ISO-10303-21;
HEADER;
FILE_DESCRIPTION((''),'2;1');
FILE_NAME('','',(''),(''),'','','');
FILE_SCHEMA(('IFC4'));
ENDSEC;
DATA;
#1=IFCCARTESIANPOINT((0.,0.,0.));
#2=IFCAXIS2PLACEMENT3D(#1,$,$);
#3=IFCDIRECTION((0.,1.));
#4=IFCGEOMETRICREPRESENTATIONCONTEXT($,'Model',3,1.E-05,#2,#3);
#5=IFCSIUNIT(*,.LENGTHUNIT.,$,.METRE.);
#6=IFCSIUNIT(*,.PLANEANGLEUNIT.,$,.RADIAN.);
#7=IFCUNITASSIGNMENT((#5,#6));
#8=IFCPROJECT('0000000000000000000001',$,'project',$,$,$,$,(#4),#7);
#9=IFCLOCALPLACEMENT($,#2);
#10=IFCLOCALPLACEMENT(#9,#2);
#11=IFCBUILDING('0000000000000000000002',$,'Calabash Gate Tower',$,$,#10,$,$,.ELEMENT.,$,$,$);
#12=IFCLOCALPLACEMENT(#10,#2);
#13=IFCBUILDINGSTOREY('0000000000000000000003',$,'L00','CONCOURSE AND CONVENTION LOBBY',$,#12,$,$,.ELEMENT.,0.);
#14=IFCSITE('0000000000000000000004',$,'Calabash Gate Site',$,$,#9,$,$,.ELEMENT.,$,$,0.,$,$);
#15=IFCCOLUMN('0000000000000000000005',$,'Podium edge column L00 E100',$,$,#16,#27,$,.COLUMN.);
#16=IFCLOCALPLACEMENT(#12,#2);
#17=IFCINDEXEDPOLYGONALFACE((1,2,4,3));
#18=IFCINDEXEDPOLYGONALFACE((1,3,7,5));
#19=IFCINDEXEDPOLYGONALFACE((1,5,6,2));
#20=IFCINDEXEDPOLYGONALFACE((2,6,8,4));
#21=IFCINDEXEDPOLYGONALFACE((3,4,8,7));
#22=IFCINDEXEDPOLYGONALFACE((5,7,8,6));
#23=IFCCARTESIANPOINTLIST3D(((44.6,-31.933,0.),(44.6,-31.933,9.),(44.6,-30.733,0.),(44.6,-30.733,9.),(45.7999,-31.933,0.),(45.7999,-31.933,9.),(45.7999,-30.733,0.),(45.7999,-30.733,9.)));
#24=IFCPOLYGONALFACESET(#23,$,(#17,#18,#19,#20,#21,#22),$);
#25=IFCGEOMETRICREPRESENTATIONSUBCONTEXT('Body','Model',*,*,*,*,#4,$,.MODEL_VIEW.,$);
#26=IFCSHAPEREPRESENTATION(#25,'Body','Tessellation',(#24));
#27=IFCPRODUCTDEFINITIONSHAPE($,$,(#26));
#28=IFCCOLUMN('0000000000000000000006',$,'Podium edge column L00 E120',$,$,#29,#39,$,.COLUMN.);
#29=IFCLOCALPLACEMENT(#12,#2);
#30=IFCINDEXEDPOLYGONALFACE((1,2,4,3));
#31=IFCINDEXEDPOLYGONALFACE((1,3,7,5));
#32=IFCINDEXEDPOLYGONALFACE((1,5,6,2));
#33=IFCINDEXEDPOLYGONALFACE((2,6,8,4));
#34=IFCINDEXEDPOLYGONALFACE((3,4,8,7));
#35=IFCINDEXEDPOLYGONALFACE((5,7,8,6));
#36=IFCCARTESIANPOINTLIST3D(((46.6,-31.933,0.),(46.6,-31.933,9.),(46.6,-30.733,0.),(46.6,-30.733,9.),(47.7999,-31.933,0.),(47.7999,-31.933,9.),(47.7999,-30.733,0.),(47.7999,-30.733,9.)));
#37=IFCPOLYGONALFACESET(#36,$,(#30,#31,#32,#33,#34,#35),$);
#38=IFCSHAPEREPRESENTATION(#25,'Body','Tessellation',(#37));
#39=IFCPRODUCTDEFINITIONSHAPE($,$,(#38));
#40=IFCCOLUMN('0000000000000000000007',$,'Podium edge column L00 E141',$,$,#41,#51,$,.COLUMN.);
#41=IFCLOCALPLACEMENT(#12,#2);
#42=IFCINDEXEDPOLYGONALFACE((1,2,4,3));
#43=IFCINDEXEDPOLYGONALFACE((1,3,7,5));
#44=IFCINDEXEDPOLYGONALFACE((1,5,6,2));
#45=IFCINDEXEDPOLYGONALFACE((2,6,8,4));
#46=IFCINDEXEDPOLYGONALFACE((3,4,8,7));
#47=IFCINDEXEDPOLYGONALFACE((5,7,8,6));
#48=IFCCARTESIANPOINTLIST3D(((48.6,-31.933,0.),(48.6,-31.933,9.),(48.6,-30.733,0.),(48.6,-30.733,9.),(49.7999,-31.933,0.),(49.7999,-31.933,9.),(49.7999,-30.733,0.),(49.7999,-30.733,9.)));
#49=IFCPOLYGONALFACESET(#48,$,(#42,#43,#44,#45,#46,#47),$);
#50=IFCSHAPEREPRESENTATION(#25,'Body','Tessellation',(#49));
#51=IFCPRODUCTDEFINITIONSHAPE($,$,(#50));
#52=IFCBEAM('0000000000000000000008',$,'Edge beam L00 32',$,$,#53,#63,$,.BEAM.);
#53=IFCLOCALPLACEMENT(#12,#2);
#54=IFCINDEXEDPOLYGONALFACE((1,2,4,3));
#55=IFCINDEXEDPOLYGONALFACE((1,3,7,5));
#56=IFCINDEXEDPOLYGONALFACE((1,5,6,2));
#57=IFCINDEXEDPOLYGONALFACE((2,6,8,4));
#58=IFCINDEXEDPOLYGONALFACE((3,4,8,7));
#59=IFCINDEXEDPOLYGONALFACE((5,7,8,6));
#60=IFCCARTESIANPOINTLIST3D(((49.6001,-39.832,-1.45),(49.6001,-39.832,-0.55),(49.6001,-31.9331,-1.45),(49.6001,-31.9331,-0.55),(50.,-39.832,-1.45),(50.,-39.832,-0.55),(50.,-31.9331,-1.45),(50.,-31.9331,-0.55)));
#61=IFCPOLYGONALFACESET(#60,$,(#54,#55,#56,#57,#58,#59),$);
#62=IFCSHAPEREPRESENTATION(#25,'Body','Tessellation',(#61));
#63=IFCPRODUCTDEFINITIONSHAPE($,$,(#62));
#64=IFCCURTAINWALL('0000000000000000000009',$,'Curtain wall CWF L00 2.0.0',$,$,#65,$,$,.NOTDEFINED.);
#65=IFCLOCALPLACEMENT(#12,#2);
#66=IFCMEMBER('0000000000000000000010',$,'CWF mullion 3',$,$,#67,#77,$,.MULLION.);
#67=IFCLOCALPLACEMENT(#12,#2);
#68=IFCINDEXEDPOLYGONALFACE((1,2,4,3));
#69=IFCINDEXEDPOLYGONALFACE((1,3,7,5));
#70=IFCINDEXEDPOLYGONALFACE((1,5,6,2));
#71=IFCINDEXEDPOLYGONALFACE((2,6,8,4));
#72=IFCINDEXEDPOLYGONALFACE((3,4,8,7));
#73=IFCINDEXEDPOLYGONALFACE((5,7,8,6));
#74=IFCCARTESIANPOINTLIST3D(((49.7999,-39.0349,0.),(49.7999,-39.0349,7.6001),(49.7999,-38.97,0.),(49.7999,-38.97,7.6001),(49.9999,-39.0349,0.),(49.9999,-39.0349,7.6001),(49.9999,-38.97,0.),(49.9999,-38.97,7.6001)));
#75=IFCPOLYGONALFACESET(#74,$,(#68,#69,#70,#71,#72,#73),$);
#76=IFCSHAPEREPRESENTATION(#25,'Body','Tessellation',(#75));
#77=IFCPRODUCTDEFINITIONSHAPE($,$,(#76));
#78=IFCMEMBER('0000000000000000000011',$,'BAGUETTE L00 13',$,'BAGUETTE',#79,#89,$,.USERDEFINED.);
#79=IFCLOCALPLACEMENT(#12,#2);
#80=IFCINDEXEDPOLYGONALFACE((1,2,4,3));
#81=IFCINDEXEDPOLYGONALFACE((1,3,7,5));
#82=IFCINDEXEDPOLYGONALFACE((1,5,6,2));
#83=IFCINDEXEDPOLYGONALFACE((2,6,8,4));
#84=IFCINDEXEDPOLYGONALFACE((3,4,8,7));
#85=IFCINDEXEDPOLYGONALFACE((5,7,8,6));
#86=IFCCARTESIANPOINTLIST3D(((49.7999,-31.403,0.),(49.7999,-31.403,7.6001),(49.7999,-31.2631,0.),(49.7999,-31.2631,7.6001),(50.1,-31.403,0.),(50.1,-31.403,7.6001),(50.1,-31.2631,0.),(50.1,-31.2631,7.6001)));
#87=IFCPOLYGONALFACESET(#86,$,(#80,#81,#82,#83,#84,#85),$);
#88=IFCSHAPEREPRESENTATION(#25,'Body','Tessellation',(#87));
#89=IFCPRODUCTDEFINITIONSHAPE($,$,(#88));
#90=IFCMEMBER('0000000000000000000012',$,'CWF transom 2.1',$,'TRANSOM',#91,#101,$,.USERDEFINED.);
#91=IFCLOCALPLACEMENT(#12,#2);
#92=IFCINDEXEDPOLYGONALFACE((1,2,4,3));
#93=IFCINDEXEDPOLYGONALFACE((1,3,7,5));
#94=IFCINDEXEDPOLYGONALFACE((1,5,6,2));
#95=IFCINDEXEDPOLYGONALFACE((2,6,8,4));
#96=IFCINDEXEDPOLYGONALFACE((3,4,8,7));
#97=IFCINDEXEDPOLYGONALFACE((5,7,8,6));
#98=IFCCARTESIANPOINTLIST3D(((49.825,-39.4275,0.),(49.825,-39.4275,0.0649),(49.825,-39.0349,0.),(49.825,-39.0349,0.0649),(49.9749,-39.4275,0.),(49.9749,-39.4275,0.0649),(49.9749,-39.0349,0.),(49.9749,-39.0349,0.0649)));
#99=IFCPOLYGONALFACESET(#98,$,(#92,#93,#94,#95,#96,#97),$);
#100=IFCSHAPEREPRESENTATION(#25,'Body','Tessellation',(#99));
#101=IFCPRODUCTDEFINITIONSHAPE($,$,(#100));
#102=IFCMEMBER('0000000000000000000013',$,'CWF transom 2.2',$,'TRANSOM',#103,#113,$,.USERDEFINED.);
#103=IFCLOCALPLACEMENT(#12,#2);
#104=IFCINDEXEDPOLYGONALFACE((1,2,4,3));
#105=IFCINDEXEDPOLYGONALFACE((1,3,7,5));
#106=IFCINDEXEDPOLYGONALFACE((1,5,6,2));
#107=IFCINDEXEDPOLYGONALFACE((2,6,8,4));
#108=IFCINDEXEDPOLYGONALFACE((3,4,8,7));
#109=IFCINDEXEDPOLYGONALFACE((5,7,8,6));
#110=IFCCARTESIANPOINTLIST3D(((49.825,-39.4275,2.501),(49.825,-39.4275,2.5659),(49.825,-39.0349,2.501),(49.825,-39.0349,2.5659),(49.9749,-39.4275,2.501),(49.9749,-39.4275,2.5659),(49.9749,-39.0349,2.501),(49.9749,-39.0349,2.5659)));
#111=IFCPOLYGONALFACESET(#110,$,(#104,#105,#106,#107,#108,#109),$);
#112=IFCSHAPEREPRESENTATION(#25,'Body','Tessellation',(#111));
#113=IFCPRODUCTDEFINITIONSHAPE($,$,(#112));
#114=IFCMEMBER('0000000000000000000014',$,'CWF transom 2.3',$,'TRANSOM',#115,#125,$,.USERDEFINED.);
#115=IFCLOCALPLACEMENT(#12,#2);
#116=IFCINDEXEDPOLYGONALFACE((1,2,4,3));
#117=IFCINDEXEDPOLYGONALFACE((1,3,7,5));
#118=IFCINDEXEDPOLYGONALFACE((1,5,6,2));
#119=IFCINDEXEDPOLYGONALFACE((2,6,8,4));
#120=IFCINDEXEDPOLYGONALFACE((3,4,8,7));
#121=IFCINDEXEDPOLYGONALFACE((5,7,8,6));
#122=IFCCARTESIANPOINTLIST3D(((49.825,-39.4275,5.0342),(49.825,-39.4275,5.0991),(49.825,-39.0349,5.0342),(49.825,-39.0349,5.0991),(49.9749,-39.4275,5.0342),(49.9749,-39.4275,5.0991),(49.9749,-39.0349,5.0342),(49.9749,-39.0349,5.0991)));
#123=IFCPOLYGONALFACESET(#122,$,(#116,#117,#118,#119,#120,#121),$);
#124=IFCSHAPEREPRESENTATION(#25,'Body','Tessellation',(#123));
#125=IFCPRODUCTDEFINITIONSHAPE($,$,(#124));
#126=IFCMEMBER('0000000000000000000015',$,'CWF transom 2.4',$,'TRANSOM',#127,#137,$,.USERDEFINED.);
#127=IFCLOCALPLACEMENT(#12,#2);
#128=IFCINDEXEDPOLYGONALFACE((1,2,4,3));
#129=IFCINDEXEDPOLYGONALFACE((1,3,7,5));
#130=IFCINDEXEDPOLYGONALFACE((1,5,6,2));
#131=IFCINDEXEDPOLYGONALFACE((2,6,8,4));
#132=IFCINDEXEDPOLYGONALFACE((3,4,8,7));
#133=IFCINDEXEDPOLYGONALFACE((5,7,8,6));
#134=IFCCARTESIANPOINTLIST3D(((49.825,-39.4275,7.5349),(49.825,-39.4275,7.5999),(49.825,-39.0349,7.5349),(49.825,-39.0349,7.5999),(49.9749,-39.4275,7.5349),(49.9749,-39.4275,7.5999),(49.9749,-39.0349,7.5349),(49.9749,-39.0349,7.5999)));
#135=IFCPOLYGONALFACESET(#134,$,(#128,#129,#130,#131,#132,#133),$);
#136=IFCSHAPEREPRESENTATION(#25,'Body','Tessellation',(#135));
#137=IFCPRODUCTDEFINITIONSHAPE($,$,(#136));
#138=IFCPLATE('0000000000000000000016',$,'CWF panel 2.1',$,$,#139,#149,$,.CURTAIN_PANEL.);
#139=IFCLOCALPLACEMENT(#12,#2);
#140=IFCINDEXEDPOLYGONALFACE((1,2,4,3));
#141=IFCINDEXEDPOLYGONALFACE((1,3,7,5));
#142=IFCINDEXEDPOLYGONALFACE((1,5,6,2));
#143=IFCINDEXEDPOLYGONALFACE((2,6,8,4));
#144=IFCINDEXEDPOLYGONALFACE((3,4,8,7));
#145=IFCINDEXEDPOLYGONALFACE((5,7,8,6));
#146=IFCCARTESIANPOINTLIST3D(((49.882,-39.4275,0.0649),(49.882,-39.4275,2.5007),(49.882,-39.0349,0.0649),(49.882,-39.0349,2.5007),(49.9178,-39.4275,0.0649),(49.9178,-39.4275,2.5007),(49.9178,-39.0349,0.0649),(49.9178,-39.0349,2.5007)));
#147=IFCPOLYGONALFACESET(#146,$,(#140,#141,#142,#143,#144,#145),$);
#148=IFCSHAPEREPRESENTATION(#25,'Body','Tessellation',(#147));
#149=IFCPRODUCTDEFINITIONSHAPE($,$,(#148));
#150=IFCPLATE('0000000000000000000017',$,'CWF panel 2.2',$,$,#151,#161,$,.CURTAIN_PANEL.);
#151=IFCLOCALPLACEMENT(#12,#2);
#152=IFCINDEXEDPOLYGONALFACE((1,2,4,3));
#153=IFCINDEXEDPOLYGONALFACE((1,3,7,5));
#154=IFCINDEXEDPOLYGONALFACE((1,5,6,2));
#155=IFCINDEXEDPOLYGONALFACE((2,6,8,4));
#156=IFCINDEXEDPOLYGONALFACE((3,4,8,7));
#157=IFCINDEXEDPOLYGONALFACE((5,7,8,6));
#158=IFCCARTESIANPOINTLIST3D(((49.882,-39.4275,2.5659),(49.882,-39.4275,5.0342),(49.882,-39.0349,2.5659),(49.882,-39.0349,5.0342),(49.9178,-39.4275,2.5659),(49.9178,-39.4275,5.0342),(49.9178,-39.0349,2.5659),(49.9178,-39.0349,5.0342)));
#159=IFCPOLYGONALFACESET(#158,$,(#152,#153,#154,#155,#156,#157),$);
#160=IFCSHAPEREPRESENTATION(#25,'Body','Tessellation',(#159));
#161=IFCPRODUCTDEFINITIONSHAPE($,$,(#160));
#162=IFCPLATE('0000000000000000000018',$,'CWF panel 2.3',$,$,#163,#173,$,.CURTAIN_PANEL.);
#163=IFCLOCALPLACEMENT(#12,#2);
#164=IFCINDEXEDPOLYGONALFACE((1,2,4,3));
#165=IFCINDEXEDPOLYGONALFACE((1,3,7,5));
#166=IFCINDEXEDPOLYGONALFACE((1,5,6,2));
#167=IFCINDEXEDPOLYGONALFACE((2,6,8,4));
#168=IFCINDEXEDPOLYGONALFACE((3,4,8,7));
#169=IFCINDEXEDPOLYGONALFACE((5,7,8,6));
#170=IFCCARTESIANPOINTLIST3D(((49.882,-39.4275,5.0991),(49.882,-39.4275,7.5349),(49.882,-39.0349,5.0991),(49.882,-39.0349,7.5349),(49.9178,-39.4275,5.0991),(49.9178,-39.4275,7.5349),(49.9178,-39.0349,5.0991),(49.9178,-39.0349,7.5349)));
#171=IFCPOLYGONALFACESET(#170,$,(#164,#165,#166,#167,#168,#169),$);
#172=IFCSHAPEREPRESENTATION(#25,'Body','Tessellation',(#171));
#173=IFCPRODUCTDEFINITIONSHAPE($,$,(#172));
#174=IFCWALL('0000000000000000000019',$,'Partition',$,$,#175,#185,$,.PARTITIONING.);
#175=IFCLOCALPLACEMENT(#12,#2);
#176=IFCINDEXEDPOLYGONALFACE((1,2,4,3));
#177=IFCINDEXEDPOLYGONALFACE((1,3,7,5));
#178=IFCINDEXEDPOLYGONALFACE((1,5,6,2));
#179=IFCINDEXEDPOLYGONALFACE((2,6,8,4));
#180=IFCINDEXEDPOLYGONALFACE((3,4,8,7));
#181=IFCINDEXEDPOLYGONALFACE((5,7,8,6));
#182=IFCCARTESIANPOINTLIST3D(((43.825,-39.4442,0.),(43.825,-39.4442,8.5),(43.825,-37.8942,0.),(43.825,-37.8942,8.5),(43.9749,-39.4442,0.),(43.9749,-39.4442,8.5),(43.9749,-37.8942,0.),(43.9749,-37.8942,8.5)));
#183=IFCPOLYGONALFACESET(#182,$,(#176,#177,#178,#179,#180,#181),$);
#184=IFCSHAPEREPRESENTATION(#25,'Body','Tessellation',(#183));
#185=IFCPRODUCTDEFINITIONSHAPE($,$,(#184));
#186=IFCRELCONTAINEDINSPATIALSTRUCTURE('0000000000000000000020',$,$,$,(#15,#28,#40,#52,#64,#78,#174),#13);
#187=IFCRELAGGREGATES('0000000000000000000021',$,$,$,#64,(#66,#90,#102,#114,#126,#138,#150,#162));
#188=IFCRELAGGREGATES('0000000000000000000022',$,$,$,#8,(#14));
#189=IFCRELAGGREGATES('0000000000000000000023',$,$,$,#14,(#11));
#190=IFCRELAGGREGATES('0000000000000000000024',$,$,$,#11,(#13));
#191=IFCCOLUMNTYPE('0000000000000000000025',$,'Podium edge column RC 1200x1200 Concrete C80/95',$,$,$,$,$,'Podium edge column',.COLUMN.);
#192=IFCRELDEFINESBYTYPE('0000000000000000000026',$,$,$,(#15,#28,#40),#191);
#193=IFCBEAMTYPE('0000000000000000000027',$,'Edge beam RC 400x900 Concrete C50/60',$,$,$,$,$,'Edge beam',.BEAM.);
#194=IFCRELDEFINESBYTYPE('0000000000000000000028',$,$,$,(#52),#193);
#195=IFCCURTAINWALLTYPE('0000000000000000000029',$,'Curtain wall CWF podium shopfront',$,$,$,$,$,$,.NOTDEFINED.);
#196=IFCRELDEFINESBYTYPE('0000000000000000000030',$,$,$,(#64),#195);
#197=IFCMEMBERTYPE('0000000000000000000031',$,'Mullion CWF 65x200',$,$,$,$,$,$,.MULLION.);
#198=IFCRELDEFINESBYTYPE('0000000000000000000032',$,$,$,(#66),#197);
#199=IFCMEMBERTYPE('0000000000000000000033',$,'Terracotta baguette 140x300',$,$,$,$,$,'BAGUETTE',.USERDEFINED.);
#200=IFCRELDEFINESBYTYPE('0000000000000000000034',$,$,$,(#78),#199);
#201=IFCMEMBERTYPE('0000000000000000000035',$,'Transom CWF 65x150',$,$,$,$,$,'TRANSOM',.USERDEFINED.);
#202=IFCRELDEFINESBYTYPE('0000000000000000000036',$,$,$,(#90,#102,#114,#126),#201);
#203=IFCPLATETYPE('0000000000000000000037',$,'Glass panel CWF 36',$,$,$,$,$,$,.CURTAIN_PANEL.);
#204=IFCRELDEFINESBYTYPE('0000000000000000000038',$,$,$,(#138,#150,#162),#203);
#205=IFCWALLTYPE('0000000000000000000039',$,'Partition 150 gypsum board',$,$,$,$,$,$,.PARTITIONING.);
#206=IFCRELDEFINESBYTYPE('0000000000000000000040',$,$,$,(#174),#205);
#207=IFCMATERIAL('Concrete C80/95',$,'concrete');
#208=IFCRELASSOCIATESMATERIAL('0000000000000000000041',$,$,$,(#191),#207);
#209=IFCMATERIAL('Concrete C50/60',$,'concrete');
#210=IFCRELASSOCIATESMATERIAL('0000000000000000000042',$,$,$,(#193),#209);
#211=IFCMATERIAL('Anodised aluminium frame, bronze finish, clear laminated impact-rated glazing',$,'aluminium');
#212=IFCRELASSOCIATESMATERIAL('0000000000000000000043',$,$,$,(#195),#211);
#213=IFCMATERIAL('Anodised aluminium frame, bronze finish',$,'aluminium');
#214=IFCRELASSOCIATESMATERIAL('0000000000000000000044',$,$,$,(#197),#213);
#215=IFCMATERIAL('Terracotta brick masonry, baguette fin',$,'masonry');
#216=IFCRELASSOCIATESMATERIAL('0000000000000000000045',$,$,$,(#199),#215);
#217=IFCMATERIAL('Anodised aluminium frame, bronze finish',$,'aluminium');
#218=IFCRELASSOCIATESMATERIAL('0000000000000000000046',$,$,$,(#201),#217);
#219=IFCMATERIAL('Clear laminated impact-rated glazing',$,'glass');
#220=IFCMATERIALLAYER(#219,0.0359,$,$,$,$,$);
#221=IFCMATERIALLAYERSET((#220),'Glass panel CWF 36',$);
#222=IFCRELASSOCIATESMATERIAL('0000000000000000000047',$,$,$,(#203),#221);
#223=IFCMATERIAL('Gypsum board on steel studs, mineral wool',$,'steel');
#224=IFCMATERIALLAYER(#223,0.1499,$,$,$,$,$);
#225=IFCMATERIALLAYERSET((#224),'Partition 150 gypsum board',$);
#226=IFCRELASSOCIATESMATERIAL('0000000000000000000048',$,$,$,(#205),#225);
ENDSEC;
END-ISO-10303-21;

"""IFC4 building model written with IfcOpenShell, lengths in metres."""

from ifc_helpers import new_model, si_unit, direction, frame, frame_2d, origin, origin_2d, place, context, subcontext, project, spatial, rectangle, extrude, material, layer, layer_set, material_profile, profile_set, type_object, element, aggregate, save


model = new_model("IFC4")

# Units and contexts
model_context = context("Model", 3, precision=1e-05, world=origin(), true_north=direction((0.0, 1.0)))
body_context = subcontext(model_context, "Body", "Model", "MODEL_VIEW")
ifc_project = project(units=[si_unit("LENGTHUNIT", "METRE"), si_unit("PLANEANGLEUNIT", "RADIAN")], contexts=[model_context])

# Site, building, storey
site_placement = place(None, origin())
site = spatial("IfcSite", under=ifc_project, at=site_placement, Name="Calabash Gate Site", CompositionType="ELEMENT", RefElevation=0.0)
building_placement = place(site_placement, origin())
building = spatial("IfcBuilding", under=site, at=building_placement, Name="Calabash Gate Tower", CompositionType="ELEMENT")
storey_placement = place(building_placement, origin())
storey = spatial("IfcBuildingStorey", under=building, at=storey_placement, Name="L00", Description="CONCOURSE AND CONVENTION LOBBY", CompositionType="ELEMENT", Elevation=0.0)

# Columns
ifc_material_1 = material(Name="Concrete C80/95", Category="concrete")
ifc_material_profile_1 = material_profile(ifc_material_1, rectangle(XDim=1.2, YDim=1.2, at=origin_2d()))
ifc_profile_set_1 = profile_set([ifc_material_profile_1], Name="Concrete C80/95")
column_type = type_object("IfcColumnType", Name="Podium edge column RC 1200x1200 Concrete C80/95", ElementType="Podium edge column", PredefinedType="COLUMN", material=ifc_profile_set_1)
for number, where, z_axis, x_axis, name in (
    (1, (45.2, -31.333, 0.0), (0.0, 0.0, 1.0), (1.0, 0.0, 0.0), "Podium edge column L00 E100"),
    (2, (47.2, -31.333, 0.0), (0.0, 0.0, 1.0), (1.0, 0.0, 0.0), "Podium edge column L00 E120"),
    (3, (49.2, -31.333, 0.0), (0.0, 0.0, 1.0), (1.0, 0.0, 0.0), "Podium edge column L00 E141"),
):
    element("IfcColumn", number, at=place(storey_placement, frame(where, z_axis=z_axis, x_axis=x_axis)), inside=storey, type_object=column_type, Name=name, PredefinedType="COLUMN", context=body_context, shape_type="SweptSolid", body=[
        extrude(rectangle(XDim=1.2, YDim=1.2, at=origin_2d()), origin(), (0.0, 0.0, 1.0), 9.0),
    ])

# Beam
ifc_material_2 = material(Name="Concrete C50/60", Category="concrete")
ifc_material_profile_2 = material_profile(ifc_material_2, rectangle(XDim=0.3999, YDim=0.8999, at=origin_2d()))
ifc_profile_set_2 = profile_set([ifc_material_profile_2], Name="Concrete C50/60")
beam_type = type_object("IfcBeamType", Name="Edge beam RC 400x900 Concrete C50/60", ElementType="Edge beam", PredefinedType="BEAM", material=ifc_profile_set_2)
beam_placement = place(storey_placement, frame((49.8, -31.9331, -1.0), z_axis=(0.0, -1.0, 0.0), x_axis=(1.0, 0.0, 0.0)))
element("IfcBeam", 4, at=beam_placement, inside=storey, type_object=beam_type, Name="Edge beam L00 32", PredefinedType="BEAM", context=body_context, shape_type="SweptSolid", body=[
    extrude(rectangle(XDim=0.3999, YDim=0.8999, at=origin_2d()), origin(), (0.0, 0.0, 1.0), 7.8989),
])

# Curtain wall, member
ifc_material_3 = material(Name="Anodised aluminium frame, bronze finish, clear laminated impact-rated glazing", Category="aluminium")
curtain_wall_type = type_object("IfcCurtainWallType", Name="Curtain wall CWF podium shopfront", PredefinedType="NOTDEFINED", material=ifc_material_3)
curtain_wall_placement = place(storey_placement, origin())
curtain_wall = element("IfcCurtainWall", 5, at=curtain_wall_placement, inside=storey, type_object=curtain_wall_type, Name="Curtain wall CWF L00 2.0.0", PredefinedType="NOTDEFINED")
ifc_material_4 = material(Name="Anodised aluminium frame, bronze finish", Category="aluminium")
ifc_material_profile_3 = material_profile(ifc_material_4, rectangle(XDim=0.2, YDim=0.0649, at=origin_2d()))
ifc_profile_set_3 = profile_set([ifc_material_profile_3], Name="Anodised aluminium frame, bronze finish")
member_type_1 = type_object("IfcMemberType", Name="Mullion CWF 65x200", PredefinedType="MULLION", material=ifc_profile_set_3)
member_1_placement = place(storey_placement, frame((49.8999, -39.0024, 0.0), z_axis=(0.0, 0.0, 1.0), x_axis=(-1.0, 0.0, 0.0)))
member_1 = element("IfcMember", 6, at=member_1_placement, type_object=member_type_1, Name="CWF mullion 3", PredefinedType="MULLION", context=body_context, shape_type="SweptSolid", body=[
    extrude(rectangle(XDim=0.2, YDim=0.0649, at=origin_2d()), origin(), (0.0, 0.0, 1.0), 7.6001),
])

# Members
ifc_material_5 = material(Name="Terracotta brick masonry, baguette fin", Category="masonry")
ifc_material_profile_4 = material_profile(ifc_material_5, rectangle(XDim=0.1399, YDim=0.3, at=origin_2d()))
ifc_profile_set_4 = profile_set([ifc_material_profile_4], Name="Terracotta brick masonry, baguette fin")
member_type_2 = type_object("IfcMemberType", Name="Terracotta baguette 140x300", ElementType="BAGUETTE", PredefinedType="USERDEFINED", material=ifc_profile_set_4)
member_2_placement = place(storey_placement, frame((49.95, -31.333, 0.0), z_axis=(0.0, 0.0, 1.0), x_axis=(0.0, 1.0, 0.0)))
element("IfcMember", 7, at=member_2_placement, inside=storey, type_object=member_type_2, Name="BAGUETTE L00 13", ObjectType="BAGUETTE", PredefinedType="USERDEFINED", context=body_context, shape_type="SweptSolid", body=[
    extrude(rectangle(XDim=0.1399, YDim=0.3, at=origin_2d()), origin(), (0.0, 0.0, 1.0), 7.6001),
])
ifc_material_6 = material(Name="Anodised aluminium frame, bronze finish", Category="aluminium")
ifc_material_profile_5 = material_profile(ifc_material_6, rectangle(XDim=0.1499, YDim=0.0649, at=origin_2d()))
ifc_profile_set_5 = profile_set([ifc_material_profile_5], Name="Anodised aluminium frame, bronze finish")
member_type_3 = type_object("IfcMemberType", Name="Transom CWF 65x150", ElementType="TRANSOM", PredefinedType="USERDEFINED", material=ifc_profile_set_5)
member_3_placement = place(storey_placement, frame((49.8999, -39.4275, 0.0325), z_axis=(0.0, 1.0, 0.0), x_axis=(-1.0, 0.0, 0.0)))
member_3 = element("IfcMember", 8, at=member_3_placement, type_object=member_type_3, Name="CWF transom 2.1", ObjectType="TRANSOM", PredefinedType="USERDEFINED", context=body_context, shape_type="SweptSolid", body=[
    extrude(rectangle(XDim=0.1499, YDim=0.0649, at=origin_2d()), origin(), (0.0, 0.0, 1.0), 0.3926),
])
member_4_placement = place(storey_placement, frame((49.8999, -39.4275, 2.5334), z_axis=(0.0, 1.0, 0.0), x_axis=(-1.0, 0.0, 0.0)))
member_4 = element("IfcMember", 9, at=member_4_placement, type_object=member_type_3, Name="CWF transom 2.2", ObjectType="TRANSOM", PredefinedType="USERDEFINED", context=body_context, shape_type="SweptSolid", body=[
    extrude(rectangle(XDim=0.1499, YDim=0.0649, at=origin_2d()), origin(), (0.0, 0.0, 1.0), 0.3926),
])
member_5_placement = place(storey_placement, frame((49.8999, -39.4275, 5.0667), z_axis=(0.0, 1.0, 0.0), x_axis=(-1.0, 0.0, 0.0)))
member_5 = element("IfcMember", 10, at=member_5_placement, type_object=member_type_3, Name="CWF transom 2.3", ObjectType="TRANSOM", PredefinedType="USERDEFINED", context=body_context, shape_type="SweptSolid", body=[
    extrude(rectangle(XDim=0.1499, YDim=0.0649, at=origin_2d()), origin(), (0.0, 0.0, 1.0), 0.3926),
])
member_6_placement = place(storey_placement, frame((49.8999, -39.4275, 7.5674), z_axis=(0.0, 1.0, 0.0), x_axis=(-1.0, 0.0, 0.0)))
member_6 = element("IfcMember", 11, at=member_6_placement, type_object=member_type_3, Name="CWF transom 2.4", ObjectType="TRANSOM", PredefinedType="USERDEFINED", context=body_context, shape_type="SweptSolid", body=[
    extrude(rectangle(XDim=0.1499, YDim=0.0649, at=origin_2d()), origin(), (0.0, 0.0, 1.0), 0.3926),
])

# Plates
ifc_material_7 = material(Name="Clear laminated impact-rated glazing", Category="glass")
ifc_layer_1 = layer(ifc_material_7, 0.0359)
ifc_layer_set_1 = layer_set([ifc_layer_1], Name="Glass panel CWF 36")
plate_type = type_object("IfcPlateType", Name="Glass panel CWF 36", PredefinedType="CURTAIN_PANEL", material=ifc_layer_set_1)
plate_1_placement = place(storey_placement, frame((49.8999, -39.2312, 0.0649), z_axis=(0.0, 0.0, 1.0), x_axis=(0.0, 1.0, 0.0)))
plate_1 = element("IfcPlate", 12, at=plate_1_placement, type_object=plate_type, Name="CWF panel 2.1", PredefinedType="CURTAIN_PANEL", context=body_context, shape_type="SweptSolid", body=[
    extrude(rectangle(XDim=0.3926, YDim=0.0359, at=origin_2d()), origin(), (0.0, 0.0, 1.0), 2.4358),
])
plate_2_placement = place(storey_placement, frame((49.8999, -39.2312, 2.5659), z_axis=(0.0, 0.0, 1.0), x_axis=(0.0, 1.0, 0.0)))
plate_2 = element("IfcPlate", 13, at=plate_2_placement, type_object=plate_type, Name="CWF panel 2.2", PredefinedType="CURTAIN_PANEL", context=body_context, shape_type="SweptSolid", body=[
    extrude(rectangle(XDim=0.3926, YDim=0.0359, at=origin_2d()), origin(), (0.0, 0.0, 1.0), 2.4683),
])
plate_3_placement = place(storey_placement, frame((49.8999, -39.2312, 5.0991), z_axis=(0.0, 0.0, 1.0), x_axis=(0.0, 1.0, 0.0)))
plate_3 = element("IfcPlate", 14, at=plate_3_placement, type_object=plate_type, Name="CWF panel 2.3", PredefinedType="CURTAIN_PANEL", context=body_context, shape_type="SweptSolid", body=[
    extrude(rectangle(XDim=0.3926, YDim=0.0359, at=origin_2d()), origin(), (0.0, 0.0, 1.0), 2.4358),
])
aggregate(curtain_wall, [member_1, member_3, member_4, member_5, member_6, plate_1, plate_2, plate_3])

# Wall
ifc_material_8 = material(Name="Gypsum board on steel studs, mineral wool", Category="steel")
ifc_layer_2 = layer(ifc_material_8, 0.1499)
ifc_layer_set_2 = layer_set([ifc_layer_2], Name="Partition 150 gypsum board")
wall_type_1 = type_object("IfcWallType", Name="Partition 150 gypsum board", PredefinedType="PARTITIONING", material=ifc_layer_set_2)
wall_1_placement = place(storey_placement, frame((43.8999, -39.4441, 0.0), z_axis=(0.0, 0.0, 1.0), x_axis=(0.0, 1.0, 0.0)))
element("IfcWall", 15, at=wall_1_placement, inside=storey, type_object=wall_type_1, Name="Partition", PredefinedType="PARTITIONING", context=body_context, shape_type="SweptSolid", body=[
    extrude(rectangle(XDim=1.55, YDim=0.1499, at=frame_2d((0.7749, 0.0))), origin(), (0.0, 0.0, 1.0), 8.5),
])

save(model, "model.ifc")
